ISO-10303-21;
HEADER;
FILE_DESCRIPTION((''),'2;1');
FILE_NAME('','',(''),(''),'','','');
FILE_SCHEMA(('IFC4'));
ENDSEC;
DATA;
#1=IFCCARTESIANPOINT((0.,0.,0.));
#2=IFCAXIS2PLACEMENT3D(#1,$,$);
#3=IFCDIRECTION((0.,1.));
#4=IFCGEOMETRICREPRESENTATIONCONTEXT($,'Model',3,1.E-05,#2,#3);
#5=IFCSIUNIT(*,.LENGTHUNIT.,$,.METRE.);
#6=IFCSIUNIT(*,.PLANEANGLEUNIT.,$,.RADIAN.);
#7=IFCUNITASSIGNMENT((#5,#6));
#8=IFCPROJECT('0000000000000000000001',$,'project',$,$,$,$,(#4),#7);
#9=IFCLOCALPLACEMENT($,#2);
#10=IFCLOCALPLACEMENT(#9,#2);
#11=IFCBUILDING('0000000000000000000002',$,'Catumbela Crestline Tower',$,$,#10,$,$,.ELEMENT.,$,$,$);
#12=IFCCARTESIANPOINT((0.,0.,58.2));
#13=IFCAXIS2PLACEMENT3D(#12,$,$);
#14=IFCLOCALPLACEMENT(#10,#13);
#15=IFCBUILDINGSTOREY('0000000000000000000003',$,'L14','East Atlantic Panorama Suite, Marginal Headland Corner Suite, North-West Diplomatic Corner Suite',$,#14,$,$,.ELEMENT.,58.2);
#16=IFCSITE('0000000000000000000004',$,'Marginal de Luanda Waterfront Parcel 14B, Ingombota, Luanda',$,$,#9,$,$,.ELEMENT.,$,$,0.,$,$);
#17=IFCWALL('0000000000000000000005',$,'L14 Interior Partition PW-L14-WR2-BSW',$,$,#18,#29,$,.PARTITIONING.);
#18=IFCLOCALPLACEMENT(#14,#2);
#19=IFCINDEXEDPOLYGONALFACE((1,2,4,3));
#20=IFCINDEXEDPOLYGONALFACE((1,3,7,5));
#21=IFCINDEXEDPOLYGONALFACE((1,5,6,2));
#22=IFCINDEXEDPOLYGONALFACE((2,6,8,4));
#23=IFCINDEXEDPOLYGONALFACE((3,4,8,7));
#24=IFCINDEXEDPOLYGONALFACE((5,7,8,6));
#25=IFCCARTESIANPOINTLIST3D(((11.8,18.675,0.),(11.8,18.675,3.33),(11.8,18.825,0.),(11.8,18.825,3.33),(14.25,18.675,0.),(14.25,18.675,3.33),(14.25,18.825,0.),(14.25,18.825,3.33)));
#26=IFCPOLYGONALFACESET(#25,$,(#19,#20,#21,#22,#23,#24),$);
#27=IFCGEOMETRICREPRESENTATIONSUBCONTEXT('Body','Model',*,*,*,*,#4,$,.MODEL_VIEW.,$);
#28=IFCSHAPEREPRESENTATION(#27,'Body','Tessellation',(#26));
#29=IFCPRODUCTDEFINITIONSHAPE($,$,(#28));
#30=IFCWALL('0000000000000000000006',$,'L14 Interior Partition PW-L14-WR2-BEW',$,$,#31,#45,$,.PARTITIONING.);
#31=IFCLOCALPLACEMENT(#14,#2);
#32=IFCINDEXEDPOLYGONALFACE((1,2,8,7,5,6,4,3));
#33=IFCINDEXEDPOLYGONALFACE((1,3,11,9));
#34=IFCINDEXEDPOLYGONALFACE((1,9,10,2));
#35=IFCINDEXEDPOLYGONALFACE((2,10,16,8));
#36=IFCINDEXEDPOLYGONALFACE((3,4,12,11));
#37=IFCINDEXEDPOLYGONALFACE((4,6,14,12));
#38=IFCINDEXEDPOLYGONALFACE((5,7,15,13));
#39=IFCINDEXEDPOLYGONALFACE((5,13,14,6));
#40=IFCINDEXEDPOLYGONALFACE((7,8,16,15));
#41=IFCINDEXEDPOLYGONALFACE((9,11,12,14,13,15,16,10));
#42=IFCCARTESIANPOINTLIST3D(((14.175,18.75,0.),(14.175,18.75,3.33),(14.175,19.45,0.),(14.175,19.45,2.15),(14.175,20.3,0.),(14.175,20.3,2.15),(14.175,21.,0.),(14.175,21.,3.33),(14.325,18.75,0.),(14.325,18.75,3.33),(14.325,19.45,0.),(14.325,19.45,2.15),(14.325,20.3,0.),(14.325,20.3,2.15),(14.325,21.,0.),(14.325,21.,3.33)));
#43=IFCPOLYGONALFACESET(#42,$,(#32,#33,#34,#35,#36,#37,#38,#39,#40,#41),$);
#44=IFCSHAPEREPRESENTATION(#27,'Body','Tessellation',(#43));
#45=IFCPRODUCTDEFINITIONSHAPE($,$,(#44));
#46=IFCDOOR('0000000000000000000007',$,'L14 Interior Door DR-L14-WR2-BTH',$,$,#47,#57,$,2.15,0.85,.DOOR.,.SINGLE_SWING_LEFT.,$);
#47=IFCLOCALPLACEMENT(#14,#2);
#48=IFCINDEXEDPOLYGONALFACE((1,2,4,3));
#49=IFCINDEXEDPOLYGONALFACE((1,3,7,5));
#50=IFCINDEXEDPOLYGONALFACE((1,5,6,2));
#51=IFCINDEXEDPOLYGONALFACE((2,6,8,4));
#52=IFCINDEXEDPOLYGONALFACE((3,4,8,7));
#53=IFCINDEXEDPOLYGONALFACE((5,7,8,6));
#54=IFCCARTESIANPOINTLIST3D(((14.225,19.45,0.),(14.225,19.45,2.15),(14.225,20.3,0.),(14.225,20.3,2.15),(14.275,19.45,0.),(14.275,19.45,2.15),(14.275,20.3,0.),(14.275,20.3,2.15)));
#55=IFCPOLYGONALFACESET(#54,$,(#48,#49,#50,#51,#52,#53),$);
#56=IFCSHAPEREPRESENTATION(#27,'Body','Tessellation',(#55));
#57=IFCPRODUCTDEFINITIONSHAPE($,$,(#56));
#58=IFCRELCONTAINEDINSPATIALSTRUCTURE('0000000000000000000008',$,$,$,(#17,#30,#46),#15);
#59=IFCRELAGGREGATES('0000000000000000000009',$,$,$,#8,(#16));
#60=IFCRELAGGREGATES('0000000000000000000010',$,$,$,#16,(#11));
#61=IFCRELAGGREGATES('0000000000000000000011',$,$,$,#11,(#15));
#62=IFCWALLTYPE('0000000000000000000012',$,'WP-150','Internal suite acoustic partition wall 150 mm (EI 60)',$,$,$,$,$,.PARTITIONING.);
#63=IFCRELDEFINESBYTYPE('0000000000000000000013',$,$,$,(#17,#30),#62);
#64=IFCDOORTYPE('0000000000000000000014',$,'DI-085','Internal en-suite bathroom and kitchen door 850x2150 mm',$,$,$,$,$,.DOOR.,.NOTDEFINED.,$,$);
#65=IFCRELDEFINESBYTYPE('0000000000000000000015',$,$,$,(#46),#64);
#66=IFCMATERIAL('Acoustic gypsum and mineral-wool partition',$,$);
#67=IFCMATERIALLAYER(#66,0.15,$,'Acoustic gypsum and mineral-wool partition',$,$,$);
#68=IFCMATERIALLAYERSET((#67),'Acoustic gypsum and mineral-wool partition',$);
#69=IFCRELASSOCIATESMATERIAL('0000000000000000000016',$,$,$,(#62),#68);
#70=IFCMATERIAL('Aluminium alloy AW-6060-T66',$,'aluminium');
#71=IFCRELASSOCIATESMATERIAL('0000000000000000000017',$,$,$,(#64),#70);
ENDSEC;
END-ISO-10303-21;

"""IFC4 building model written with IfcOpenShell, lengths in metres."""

from ifc_helpers import new_model, si_unit, direction, frame, frame_2d, origin, place, context, subcontext, project, spatial, rectangle, extrude, material, layer, layer_set, type_object, element, fill, save


model = new_model("IFC4")

# Units and contexts
model_context = context("Model", 3, precision=1e-05, world=origin(), true_north=direction((0.0, 1.0)))
body_context = subcontext(model_context, "Body", "Model", "MODEL_VIEW")
ifc_project = project(units=[si_unit("LENGTHUNIT", "METRE"), si_unit("PLANEANGLEUNIT", "RADIAN")], contexts=[model_context])

# Site, building, storey
site_placement = place(None, origin())
site = spatial("IfcSite", under=ifc_project, at=site_placement, Name="Marginal de Luanda Waterfront Parcel 14B, Ingombota, Luanda", CompositionType="ELEMENT", RefElevation=0.0)
building_placement = place(site_placement, origin())
building = spatial("IfcBuilding", under=site, at=building_placement, Name="Catumbela Crestline Tower", CompositionType="ELEMENT")
storey_placement = place(building_placement, frame((0.0, 0.0, 58.2)))
storey = spatial("IfcBuildingStorey", under=building, at=storey_placement, Name="L14", Description="East Atlantic Panorama Suite, Marginal Headland Corner Suite, North-West Diplomatic Corner Suite", CompositionType="ELEMENT", Elevation=58.2)

# Shared definitions
ifc_material_1 = material(Name="Acoustic gypsum and mineral-wool partition")
ifc_layer = layer(ifc_material_1, 0.15, Name="Acoustic gypsum and mineral-wool partition")
ifc_layer_set = layer_set([ifc_layer], Name="Acoustic gypsum and mineral-wool partition")
wall_type = type_object("IfcWallType", Name="WP-150", Description="Internal suite acoustic partition wall 150 mm (EI 60)", PredefinedType="PARTITIONING", material=ifc_layer_set)

# Shared definitions
ifc_material_2 = material(Name="Aluminium alloy AW-6060-T66", Category="aluminium")
door_type = type_object("IfcDoorType", Name="DI-085", Description="Internal en-suite bathroom and kitchen door 850x2150 mm", OperationType="NOTDEFINED", PredefinedType="DOOR", material=ifc_material_2)

# Wall
wall_1_placement = place(storey_placement, frame((11.8, 18.75, 0.0), z_axis=(0.0, 0.0, 1.0), x_axis=(1.0, 0.0, 0.0)))
element("IfcWall", 1, at=wall_1_placement, inside=storey, type_object=wall_type, Name="L14 Interior Partition PW-L14-WR2-BSW", PredefinedType="PARTITIONING", context=body_context, shape_type="SweptSolid", body=[
    extrude(rectangle(XDim=2.45, YDim=0.15, at=frame_2d((1.225, 0.0))), origin(), (0.0, 0.0, 1.0), 3.33),
])

# Wall, opening, door
wall_2_placement = place(storey_placement, frame((14.25, 18.75, 0.0), z_axis=(0.0, 0.0, 1.0), x_axis=(0.0, 1.0, 0.0)))
wall_2 = element("IfcWall", 2, at=wall_2_placement, inside=storey, type_object=wall_type, Name="L14 Interior Partition PW-L14-WR2-BEW", PredefinedType="PARTITIONING", context=body_context, shape_type="SweptSolid", body=[
    extrude(rectangle(XDim=2.25, YDim=0.15, at=frame_2d((1.125, 0.0))), origin(), (0.0, 0.0, 1.0), 3.33),
])
opening_1_placement = place(wall_2_placement, frame((0.7, 0.0, 0.0)))
opening_1 = element("IfcOpeningElement", 3, at=opening_1_placement, cuts=wall_2, PredefinedType="OPENING", context=body_context, shape_type="SweptSolid", body=[
    extrude(rectangle(XDim=0.85, YDim=2.15, at=frame_2d((0.425, 1.075))), frame((0.0, 0.085, 0.0), z_axis=(0.0, -1.0, 0.0), x_axis=(1.0, 0.0, 0.0)), (0.0, 0.0, 1.0), 0.17),
])
door_1_placement = place(opening_1_placement, origin())
door_1 = element("IfcDoor", 4, at=door_1_placement, inside=storey, type_object=door_type, Name="L14 Interior Door DR-L14-WR2-BTH", OperationType="SINGLE_SWING_LEFT", OverallHeight=2.15, OverallWidth=0.85, PredefinedType="DOOR", context=body_context, shape_type="SweptSolid", body=[
    extrude(rectangle(XDim=0.85, YDim=2.15, at=frame_2d((0.425, 1.075))), frame((0.0, 0.025, 0.0), z_axis=(0.0, -1.0, 0.0), x_axis=(1.0, 0.0, 0.0)), (0.0, 0.0, 1.0), 0.05),
])
fill(opening_1, door_1)

save(model, "model.ifc")
